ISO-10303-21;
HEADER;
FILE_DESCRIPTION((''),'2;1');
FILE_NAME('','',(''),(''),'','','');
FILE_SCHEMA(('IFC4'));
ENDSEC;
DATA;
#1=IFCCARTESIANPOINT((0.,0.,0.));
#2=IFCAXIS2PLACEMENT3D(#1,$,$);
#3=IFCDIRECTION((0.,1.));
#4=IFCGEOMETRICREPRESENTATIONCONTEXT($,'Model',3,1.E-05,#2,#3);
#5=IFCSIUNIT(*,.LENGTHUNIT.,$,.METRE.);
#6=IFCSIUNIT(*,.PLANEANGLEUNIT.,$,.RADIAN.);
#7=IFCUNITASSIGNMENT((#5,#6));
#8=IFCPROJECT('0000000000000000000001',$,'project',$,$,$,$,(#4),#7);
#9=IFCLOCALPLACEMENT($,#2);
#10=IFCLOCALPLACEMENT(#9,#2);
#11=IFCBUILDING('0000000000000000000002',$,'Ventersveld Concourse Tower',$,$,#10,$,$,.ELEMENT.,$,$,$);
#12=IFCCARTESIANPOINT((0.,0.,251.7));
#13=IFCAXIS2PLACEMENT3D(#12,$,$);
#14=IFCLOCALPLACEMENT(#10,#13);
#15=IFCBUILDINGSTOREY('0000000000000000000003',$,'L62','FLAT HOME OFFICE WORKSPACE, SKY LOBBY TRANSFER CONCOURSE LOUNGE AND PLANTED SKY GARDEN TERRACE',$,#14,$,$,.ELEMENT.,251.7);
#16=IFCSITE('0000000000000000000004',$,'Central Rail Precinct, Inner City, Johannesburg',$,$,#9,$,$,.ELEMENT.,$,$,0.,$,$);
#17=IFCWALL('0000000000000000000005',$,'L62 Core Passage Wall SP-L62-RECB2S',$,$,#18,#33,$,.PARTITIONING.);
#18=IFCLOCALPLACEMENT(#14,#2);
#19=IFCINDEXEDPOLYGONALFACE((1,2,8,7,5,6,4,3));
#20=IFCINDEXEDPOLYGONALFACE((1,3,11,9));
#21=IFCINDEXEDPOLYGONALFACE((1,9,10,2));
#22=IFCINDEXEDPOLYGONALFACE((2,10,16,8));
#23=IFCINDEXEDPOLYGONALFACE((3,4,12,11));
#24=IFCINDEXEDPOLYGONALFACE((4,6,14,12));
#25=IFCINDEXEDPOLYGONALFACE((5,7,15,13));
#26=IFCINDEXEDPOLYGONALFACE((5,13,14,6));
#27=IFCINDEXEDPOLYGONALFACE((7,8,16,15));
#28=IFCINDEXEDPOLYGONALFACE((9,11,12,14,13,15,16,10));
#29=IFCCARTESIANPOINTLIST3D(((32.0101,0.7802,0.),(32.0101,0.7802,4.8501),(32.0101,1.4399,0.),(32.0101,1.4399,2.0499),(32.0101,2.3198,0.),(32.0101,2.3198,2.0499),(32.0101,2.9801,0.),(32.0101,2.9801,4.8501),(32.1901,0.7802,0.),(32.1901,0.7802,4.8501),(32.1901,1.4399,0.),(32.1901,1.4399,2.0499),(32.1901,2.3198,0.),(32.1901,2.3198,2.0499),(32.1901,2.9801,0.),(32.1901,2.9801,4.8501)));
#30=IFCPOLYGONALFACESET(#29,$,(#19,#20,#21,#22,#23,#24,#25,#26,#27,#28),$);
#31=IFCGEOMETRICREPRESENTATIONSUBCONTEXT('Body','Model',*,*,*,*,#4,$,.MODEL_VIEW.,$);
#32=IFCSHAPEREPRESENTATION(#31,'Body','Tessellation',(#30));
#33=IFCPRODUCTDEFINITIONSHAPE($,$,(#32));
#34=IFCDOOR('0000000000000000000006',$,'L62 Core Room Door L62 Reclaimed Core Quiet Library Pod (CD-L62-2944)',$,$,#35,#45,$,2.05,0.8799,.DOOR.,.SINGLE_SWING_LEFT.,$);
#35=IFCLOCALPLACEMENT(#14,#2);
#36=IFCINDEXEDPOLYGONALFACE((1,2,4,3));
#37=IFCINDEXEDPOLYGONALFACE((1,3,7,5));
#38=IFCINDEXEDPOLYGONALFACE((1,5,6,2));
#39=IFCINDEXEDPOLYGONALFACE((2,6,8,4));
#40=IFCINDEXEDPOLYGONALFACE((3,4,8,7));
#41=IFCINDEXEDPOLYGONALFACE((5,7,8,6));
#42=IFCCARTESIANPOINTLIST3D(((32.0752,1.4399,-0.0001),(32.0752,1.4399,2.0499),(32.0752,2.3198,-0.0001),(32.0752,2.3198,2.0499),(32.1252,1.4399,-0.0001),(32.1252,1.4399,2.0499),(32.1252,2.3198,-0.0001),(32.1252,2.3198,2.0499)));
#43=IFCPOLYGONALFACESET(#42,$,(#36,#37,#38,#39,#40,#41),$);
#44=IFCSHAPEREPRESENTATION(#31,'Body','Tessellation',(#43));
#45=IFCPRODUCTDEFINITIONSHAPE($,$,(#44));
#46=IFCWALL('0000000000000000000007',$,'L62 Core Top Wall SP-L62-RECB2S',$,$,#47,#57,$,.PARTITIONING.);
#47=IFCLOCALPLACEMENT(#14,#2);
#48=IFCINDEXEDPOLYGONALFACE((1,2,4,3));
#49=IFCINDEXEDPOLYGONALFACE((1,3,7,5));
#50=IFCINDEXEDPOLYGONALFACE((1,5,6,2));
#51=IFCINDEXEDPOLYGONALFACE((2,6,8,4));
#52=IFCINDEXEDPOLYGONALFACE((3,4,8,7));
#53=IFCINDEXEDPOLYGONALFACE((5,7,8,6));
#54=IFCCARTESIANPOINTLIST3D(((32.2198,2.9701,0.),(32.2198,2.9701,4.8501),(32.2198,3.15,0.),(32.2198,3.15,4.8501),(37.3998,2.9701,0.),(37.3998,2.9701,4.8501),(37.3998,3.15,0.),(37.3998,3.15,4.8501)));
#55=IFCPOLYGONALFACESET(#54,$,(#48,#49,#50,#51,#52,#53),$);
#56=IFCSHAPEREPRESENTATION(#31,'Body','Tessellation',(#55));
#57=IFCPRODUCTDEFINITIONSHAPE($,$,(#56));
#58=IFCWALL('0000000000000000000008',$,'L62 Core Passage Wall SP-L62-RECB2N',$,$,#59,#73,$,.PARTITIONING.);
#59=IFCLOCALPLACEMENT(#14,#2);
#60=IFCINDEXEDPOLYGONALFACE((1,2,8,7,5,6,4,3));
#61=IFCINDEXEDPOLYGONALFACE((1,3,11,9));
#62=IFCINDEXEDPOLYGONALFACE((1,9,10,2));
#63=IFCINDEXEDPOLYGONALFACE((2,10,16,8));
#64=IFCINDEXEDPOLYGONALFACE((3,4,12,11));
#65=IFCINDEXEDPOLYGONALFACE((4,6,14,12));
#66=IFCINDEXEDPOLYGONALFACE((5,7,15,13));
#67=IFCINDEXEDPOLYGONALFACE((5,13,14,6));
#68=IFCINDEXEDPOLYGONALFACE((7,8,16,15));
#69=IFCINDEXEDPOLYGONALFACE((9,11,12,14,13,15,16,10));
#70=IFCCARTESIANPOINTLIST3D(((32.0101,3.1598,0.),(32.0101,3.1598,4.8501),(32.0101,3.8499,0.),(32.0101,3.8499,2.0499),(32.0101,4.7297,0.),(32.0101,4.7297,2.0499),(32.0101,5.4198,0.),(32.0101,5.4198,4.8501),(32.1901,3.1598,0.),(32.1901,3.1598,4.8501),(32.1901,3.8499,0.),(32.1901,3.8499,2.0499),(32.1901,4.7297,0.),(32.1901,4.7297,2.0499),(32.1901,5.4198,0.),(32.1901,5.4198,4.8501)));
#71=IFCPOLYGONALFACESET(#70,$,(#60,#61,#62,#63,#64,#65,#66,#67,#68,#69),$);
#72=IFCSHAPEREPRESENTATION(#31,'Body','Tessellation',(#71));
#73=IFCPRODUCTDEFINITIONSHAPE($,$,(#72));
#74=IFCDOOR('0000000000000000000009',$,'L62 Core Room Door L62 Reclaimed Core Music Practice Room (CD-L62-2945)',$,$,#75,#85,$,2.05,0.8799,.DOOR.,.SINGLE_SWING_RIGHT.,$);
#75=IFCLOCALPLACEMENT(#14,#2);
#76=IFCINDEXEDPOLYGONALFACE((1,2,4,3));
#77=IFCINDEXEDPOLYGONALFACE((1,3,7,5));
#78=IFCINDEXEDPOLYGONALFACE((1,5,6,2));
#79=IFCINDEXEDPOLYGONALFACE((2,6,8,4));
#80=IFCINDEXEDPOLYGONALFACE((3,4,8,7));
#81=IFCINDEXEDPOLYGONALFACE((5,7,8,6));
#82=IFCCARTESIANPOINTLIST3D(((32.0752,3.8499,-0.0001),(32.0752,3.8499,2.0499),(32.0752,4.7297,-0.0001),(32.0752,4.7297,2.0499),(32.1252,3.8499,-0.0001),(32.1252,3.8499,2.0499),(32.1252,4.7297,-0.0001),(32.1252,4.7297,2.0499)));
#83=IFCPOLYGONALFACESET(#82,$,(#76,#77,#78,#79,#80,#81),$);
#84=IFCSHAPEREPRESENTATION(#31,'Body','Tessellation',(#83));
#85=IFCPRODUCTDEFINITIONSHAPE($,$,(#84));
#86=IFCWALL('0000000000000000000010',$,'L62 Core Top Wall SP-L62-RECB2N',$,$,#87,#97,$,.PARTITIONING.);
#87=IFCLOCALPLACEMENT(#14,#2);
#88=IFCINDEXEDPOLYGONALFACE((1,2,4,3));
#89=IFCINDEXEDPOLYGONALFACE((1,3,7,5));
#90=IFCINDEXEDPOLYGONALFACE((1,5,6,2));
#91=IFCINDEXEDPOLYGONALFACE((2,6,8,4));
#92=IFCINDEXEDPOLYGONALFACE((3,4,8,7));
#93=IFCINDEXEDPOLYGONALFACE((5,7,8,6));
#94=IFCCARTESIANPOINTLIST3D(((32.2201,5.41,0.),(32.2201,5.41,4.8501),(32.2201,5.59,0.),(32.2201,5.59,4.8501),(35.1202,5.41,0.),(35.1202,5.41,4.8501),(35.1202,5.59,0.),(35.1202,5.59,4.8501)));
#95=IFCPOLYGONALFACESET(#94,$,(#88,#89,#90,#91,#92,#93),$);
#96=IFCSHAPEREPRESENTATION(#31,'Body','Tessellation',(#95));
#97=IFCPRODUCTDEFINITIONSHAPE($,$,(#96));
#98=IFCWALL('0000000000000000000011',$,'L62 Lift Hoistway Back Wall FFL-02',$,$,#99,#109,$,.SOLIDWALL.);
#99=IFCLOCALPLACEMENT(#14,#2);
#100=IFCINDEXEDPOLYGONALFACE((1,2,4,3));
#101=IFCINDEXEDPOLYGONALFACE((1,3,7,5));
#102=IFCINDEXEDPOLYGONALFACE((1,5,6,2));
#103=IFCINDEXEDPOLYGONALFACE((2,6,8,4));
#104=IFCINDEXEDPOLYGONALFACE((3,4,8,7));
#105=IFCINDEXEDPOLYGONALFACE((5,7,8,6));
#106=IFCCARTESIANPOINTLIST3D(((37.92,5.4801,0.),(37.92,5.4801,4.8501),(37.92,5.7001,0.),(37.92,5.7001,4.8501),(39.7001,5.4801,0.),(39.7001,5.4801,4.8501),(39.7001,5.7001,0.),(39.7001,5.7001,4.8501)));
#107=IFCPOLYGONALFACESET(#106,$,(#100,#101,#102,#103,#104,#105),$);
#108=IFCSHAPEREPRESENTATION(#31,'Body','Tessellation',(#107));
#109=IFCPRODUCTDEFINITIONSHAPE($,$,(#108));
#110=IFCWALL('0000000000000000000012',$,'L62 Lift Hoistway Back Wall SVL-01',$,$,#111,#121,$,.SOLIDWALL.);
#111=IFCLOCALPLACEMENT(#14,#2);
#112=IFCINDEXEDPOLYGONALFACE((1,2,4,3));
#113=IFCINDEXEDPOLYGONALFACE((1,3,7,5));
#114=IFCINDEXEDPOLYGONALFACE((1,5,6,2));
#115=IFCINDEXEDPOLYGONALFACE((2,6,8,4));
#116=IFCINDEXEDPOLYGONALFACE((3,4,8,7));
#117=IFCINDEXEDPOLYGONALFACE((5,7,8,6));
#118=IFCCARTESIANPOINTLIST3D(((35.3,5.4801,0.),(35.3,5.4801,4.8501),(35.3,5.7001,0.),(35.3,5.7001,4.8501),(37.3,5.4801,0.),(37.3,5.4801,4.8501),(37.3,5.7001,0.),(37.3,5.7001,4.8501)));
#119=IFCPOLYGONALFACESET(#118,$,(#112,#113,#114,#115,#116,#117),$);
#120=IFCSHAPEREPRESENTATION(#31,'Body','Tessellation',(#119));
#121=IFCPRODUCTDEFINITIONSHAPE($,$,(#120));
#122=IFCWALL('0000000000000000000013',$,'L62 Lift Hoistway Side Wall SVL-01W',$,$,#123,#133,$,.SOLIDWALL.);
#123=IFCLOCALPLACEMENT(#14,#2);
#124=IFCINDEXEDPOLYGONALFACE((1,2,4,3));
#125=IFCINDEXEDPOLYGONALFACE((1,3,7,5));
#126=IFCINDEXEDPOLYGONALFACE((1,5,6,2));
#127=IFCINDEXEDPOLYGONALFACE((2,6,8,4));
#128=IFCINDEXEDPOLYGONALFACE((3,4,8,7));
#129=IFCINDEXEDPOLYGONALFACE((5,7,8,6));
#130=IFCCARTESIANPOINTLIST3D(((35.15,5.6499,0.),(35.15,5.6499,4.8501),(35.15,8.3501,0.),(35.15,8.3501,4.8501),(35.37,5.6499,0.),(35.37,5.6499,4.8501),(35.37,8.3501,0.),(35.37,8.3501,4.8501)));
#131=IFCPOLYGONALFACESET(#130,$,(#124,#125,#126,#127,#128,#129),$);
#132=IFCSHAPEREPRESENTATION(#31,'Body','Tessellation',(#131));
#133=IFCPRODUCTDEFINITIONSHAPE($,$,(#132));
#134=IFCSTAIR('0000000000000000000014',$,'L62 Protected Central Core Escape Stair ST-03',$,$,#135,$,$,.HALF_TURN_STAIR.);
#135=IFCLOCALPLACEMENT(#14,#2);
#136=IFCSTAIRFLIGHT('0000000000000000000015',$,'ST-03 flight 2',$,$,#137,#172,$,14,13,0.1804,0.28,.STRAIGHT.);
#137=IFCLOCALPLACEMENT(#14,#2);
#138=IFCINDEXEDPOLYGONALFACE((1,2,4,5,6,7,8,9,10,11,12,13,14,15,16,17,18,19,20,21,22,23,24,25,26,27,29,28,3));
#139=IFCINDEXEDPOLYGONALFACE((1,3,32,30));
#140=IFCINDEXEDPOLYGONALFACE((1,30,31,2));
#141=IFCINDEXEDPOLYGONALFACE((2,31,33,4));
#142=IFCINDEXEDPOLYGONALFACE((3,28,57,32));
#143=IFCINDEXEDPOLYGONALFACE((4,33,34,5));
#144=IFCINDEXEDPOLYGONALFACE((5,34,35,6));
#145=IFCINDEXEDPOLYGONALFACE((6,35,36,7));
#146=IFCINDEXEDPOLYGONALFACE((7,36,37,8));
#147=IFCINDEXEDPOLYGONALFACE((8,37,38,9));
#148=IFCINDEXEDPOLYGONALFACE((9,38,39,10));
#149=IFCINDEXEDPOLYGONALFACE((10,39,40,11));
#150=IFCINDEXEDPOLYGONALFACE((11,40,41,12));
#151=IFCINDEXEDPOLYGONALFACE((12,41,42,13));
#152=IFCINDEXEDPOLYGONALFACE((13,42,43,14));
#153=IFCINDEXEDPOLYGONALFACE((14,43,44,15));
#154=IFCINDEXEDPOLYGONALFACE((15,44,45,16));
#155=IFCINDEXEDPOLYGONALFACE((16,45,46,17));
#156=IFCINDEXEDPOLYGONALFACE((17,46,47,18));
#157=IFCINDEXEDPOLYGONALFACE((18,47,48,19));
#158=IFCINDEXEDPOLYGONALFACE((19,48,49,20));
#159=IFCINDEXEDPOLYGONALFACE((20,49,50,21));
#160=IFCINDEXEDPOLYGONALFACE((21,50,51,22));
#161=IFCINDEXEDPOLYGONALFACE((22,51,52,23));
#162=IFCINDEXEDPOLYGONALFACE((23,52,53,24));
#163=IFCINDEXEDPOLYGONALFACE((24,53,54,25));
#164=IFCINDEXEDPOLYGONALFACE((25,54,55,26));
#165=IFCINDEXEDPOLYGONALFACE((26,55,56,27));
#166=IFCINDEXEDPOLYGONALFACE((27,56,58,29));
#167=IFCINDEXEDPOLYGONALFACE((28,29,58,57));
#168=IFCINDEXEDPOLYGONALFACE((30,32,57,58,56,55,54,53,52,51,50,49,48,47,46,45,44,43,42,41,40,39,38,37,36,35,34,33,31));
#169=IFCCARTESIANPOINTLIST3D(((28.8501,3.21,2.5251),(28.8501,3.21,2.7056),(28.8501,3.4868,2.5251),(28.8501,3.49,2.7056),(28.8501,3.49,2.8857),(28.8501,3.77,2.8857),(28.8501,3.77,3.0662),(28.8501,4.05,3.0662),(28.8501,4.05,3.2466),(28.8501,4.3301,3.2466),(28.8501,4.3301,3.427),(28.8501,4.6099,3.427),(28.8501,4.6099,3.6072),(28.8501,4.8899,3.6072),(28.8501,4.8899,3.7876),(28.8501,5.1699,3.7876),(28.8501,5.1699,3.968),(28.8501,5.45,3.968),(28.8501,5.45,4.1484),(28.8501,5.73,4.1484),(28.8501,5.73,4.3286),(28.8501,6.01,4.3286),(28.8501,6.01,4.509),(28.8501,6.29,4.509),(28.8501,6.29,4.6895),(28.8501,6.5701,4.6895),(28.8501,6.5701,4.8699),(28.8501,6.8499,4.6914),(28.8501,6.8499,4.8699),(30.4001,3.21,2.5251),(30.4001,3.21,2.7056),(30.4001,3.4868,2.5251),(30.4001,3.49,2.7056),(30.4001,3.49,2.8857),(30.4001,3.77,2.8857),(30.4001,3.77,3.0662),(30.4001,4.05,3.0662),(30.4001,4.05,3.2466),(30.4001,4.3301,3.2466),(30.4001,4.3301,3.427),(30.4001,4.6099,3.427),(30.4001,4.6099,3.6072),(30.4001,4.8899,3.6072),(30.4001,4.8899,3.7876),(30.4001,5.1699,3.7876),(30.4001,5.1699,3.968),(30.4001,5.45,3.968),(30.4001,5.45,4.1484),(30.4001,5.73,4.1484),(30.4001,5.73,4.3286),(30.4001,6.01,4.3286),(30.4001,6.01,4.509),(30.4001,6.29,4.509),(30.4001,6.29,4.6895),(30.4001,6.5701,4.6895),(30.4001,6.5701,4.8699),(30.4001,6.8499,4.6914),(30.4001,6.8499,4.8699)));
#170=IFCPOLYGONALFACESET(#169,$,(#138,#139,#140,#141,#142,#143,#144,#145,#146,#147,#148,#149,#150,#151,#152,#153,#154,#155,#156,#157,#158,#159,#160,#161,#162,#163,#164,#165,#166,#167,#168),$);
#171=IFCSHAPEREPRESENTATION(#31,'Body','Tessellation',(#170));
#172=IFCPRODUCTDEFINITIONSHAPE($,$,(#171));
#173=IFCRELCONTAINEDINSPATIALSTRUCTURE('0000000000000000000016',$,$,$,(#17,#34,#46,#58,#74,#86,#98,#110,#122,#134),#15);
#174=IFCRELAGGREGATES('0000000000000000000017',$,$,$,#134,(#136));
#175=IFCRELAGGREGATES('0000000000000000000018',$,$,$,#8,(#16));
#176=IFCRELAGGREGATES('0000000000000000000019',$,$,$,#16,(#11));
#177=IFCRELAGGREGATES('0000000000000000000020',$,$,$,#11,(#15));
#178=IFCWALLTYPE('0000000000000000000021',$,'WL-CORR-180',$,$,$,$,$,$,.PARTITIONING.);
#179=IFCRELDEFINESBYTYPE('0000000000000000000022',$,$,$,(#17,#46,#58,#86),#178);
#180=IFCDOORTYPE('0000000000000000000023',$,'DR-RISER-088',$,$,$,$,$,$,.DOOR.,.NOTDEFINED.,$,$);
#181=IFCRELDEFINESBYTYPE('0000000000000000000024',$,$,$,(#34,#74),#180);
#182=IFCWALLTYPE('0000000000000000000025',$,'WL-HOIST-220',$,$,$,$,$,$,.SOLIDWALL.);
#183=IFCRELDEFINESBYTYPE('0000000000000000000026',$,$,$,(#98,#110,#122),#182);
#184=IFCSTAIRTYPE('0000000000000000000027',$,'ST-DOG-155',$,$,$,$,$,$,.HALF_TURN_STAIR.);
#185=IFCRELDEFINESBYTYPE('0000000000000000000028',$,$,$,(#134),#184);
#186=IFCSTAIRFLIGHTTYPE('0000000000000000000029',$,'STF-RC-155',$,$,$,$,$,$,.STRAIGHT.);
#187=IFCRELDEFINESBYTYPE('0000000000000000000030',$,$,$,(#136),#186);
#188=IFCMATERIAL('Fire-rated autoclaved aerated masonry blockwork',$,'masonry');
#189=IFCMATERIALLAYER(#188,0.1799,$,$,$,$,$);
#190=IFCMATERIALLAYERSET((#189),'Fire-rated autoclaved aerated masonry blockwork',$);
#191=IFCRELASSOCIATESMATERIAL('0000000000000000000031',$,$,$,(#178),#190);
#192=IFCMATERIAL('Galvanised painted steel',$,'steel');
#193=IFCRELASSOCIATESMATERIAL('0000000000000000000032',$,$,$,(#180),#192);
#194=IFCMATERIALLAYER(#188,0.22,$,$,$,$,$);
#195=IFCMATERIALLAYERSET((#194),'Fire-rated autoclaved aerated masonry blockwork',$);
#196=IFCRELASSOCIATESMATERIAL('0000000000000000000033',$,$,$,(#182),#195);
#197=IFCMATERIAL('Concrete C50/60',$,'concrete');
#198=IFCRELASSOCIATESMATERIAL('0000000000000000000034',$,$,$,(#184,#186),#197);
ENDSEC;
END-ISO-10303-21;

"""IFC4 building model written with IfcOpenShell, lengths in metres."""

from ifc_helpers import new_model, si_unit, direction, frame, frame_2d, origin, place, context, subcontext, project, spatial, polyline, rectangle, outline, extrude, material, layer, layer_set, type_object, element, fill, aggregate, save


model = new_model("IFC4")

# Units and contexts
model_context = context("Model", 3, precision=1e-05, world=origin(), true_north=direction((0.0, 1.0)))
body_context = subcontext(model_context, "Body", "Model", "MODEL_VIEW")
ifc_project = project(units=[si_unit("LENGTHUNIT", "METRE"), si_unit("PLANEANGLEUNIT", "RADIAN")], contexts=[model_context])

# Site, building, storey
site_placement = place(None, origin())
site = spatial("IfcSite", under=ifc_project, at=site_placement, Name="Central Rail Precinct, Inner City, Johannesburg", CompositionType="ELEMENT", RefElevation=0.0)
building_placement = place(site_placement, origin())
building = spatial("IfcBuilding", under=site, at=building_placement, Name="Ventersveld Concourse Tower", CompositionType="ELEMENT")
storey_placement = place(building_placement, frame((0.0, 0.0, 251.7)))
storey = spatial("IfcBuildingStorey", under=building, at=storey_placement, Name="L62", Description="FLAT HOME OFFICE WORKSPACE, SKY LOBBY TRANSFER CONCOURSE LOUNGE AND PLANTED SKY GARDEN TERRACE", CompositionType="ELEMENT", Elevation=251.7)

# Shared definitions
ifc_material_1 = material(Name="Concrete C50/60", Category="concrete")

# Wall, opening, door
ifc_material_2 = material(Name="Fire-rated autoclaved aerated masonry blockwork", Category="masonry")
ifc_layer_1 = layer(ifc_material_2, 0.1799)
ifc_layer_set_1 = layer_set([ifc_layer_1], Name="Fire-rated autoclaved aerated masonry blockwork")
wall_type_1 = type_object("IfcWallType", Name="WL-CORR-180", PredefinedType="PARTITIONING", material=ifc_layer_set_1)
wall_1_placement = place(storey_placement, frame((32.1001, 0.78, 0.0), z_axis=(0.0, 0.0, 1.0), x_axis=(0.0, 1.0, 0.0)))
wall_1 = element("IfcWall", 1, at=wall_1_placement, inside=storey, type_object=wall_type_1, Name="L62 Core Passage Wall SP-L62-RECB2S", PredefinedType="PARTITIONING", context=body_context, shape_type="SweptSolid", body=[
    extrude(rectangle(XDim=2.2, YDim=0.1799, at=frame_2d((1.1001, 0.0))), origin(), (0.0, 0.0, 1.0), 4.8501),
])
opening_1_placement = place(wall_1_placement, frame((0.6599, 0.0, 0.0)))
opening_1 = element("IfcOpeningElement", 2, at=opening_1_placement, cuts=wall_1, PredefinedType="OPENING", context=body_context, shape_type="SweptSolid", body=[
    extrude(rectangle(XDim=0.8799, YDim=2.05, at=frame_2d((0.4399, 1.0249))), frame((0.0, 0.1001, 0.0), z_axis=(0.0, -1.0, 0.0), x_axis=(1.0, 0.0, 0.0)), (0.0, 0.0, 1.0), 0.2),
])
ifc_material_3 = material(Name="Galvanised painted steel", Category="steel")
door_type = type_object("IfcDoorType", Name="DR-RISER-088", OperationType="NOTDEFINED", PredefinedType="DOOR", material=ifc_material_3)
door_1_placement = place(opening_1_placement, origin())
door_1 = element("IfcDoor", 3, at=door_1_placement, inside=storey, type_object=door_type, Name="L62 Core Room Door L62 Reclaimed Core Quiet Library Pod (CD-L62-2944)", OperationType="SINGLE_SWING_LEFT", OverallHeight=2.05, OverallWidth=0.8799, PredefinedType="DOOR", context=body_context, shape_type="SweptSolid", body=[
    extrude(rectangle(XDim=0.8799, YDim=2.05, at=frame_2d((0.4399, 1.0249))), frame((0.0, 0.0249, 0.0), z_axis=(0.0, -1.0, 0.0), x_axis=(1.0, 0.0, 0.0)), (0.0, 0.0, 1.0), 0.05),
])
fill(opening_1, door_1)

# Wall
wall_2_placement = place(storey_placement, frame((32.22, 3.0601, 0.0), z_axis=(0.0, 0.0, 1.0), x_axis=(1.0, 0.0, 0.0)))
element("IfcWall", 4, at=wall_2_placement, inside=storey, type_object=wall_type_1, Name="L62 Core Top Wall SP-L62-RECB2S", PredefinedType="PARTITIONING", context=body_context, shape_type="SweptSolid", body=[
    extrude(rectangle(XDim=5.1799, YDim=0.1799, at=frame_2d((2.5898, 0.0))), origin(), (0.0, 0.0, 1.0), 4.8501),
])

# Wall, opening, door
wall_3_placement = place(storey_placement, frame((32.1001, 3.1599, 0.0), z_axis=(0.0, 0.0, 1.0), x_axis=(0.0, 1.0, 0.0)))
wall_3 = element("IfcWall", 5, at=wall_3_placement, inside=storey, type_object=wall_type_1, Name="L62 Core Passage Wall SP-L62-RECB2N", PredefinedType="PARTITIONING", context=body_context, shape_type="SweptSolid", body=[
    extrude(rectangle(XDim=2.26, YDim=0.1799, at=frame_2d((1.1299, 0.0))), origin(), (0.0, 0.0, 1.0), 4.8501),
])
opening_2_placement = place(wall_3_placement, frame((0.6899, 0.0, 0.0)))
opening_2 = element("IfcOpeningElement", 6, at=opening_2_placement, cuts=wall_3, PredefinedType="OPENING", context=body_context, shape_type="SweptSolid", body=[
    extrude(rectangle(XDim=0.8799, YDim=2.05, at=frame_2d((0.4399, 1.0249))), frame((0.0, 0.1001, 0.0), z_axis=(0.0, -1.0, 0.0), x_axis=(1.0, 0.0, 0.0)), (0.0, 0.0, 1.0), 0.2),
])
door_2_placement = place(opening_2_placement, origin())
door_2 = element("IfcDoor", 7, at=door_2_placement, inside=storey, type_object=door_type, Name="L62 Core Room Door L62 Reclaimed Core Music Practice Room (CD-L62-2945)", OperationType="SINGLE_SWING_RIGHT", OverallHeight=2.05, OverallWidth=0.8799, PredefinedType="DOOR", context=body_context, shape_type="SweptSolid", body=[
    extrude(rectangle(XDim=0.8799, YDim=2.05, at=frame_2d((0.4399, 1.0249))), frame((0.0, 0.0249, 0.0), z_axis=(0.0, -1.0, 0.0), x_axis=(1.0, 0.0, 0.0)), (0.0, 0.0, 1.0), 0.05),
])
fill(opening_2, door_2)

# Walls
wall_4_placement = place(storey_placement, frame((32.22, 5.5, 0.0), z_axis=(0.0, 0.0, 1.0), x_axis=(1.0, 0.0, 0.0)))
element("IfcWall", 8, at=wall_4_placement, inside=storey, type_object=wall_type_1, Name="L62 Core Top Wall SP-L62-RECB2N", PredefinedType="PARTITIONING", context=body_context, shape_type="SweptSolid", body=[
    extrude(rectangle(XDim=2.9001, YDim=0.1799, at=frame_2d((1.4502, 0.0))), origin(), (0.0, 0.0, 1.0), 4.8501),
])
ifc_layer_2 = layer(ifc_material_2, 0.22)
ifc_layer_set_2 = layer_set([ifc_layer_2], Name="Fire-rated autoclaved aerated masonry blockwork")
wall_type_2 = type_object("IfcWallType", Name="WL-HOIST-220", PredefinedType="SOLIDWALL", material=ifc_layer_set_2)
wall_5_placement = place(storey_placement, frame((37.9199, 5.5901, 0.0), z_axis=(0.0, 0.0, 1.0), x_axis=(1.0, 0.0, 0.0)))
element("IfcWall", 9, at=wall_5_placement, inside=storey, type_object=wall_type_2, Name="L62 Lift Hoistway Back Wall FFL-02", PredefinedType="SOLIDWALL", context=body_context, shape_type="SweptSolid", body=[
    extrude(rectangle(XDim=1.78, YDim=0.22, at=frame_2d((0.8901, 0.0))), origin(), (0.0, 0.0, 1.0), 4.8501),
])
wall_6_placement = place(storey_placement, frame((35.3, 5.5901, 0.0), z_axis=(0.0, 0.0, 1.0), x_axis=(1.0, 0.0, 0.0)))
element("IfcWall", 10, at=wall_6_placement, inside=storey, type_object=wall_type_2, Name="L62 Lift Hoistway Back Wall SVL-01", PredefinedType="SOLIDWALL", context=body_context, shape_type="SweptSolid", body=[
    extrude(rectangle(XDim=2.0, YDim=0.22, at=frame_2d((1.0, 0.0))), origin(), (0.0, 0.0, 1.0), 4.8501),
])
wall_7_placement = place(storey_placement, frame((35.26, 5.6499, 0.0), z_axis=(0.0, 0.0, 1.0), x_axis=(0.0, 1.0, 0.0)))
element("IfcWall", 11, at=wall_7_placement, inside=storey, type_object=wall_type_2, Name="L62 Lift Hoistway Side Wall SVL-01W", PredefinedType="SOLIDWALL", context=body_context, shape_type="SweptSolid", body=[
    extrude(rectangle(XDim=2.7002, YDim=0.22, at=frame_2d((1.3501, 0.0))), origin(), (0.0, 0.0, 1.0), 4.8501),
])

# Stair, stair flight
stair_type = type_object("IfcStairType", Name="ST-DOG-155", PredefinedType="HALF_TURN_STAIR", material=ifc_material_1)
stair_placement = place(storey_placement, origin())
stair = element("IfcStair", 12, at=stair_placement, inside=storey, type_object=stair_type, Name="L62 Protected Central Core Escape Stair ST-03", PredefinedType="HALF_TURN_STAIR")
stair_flight_type = type_object("IfcStairFlightType", Name="STF-RC-155", PredefinedType="STRAIGHT", material=ifc_material_1)
stair_flight_placement = place(storey_placement, frame((29.625, 3.21, 2.5251), z_axis=(0.0, 0.0, 1.0), x_axis=(0.0, 1.0, 0.0)))
stair_flight = element("IfcStairFlight", 13, at=stair_flight_placement, type_object=stair_flight_type, Name="ST-03 flight 2", NumberOfRisers=14, NumberOfTreads=13, PredefinedType="STRAIGHT", RiserHeight=0.1804, TreadLength=0.28, context=body_context, shape_type="SweptSolid", body=[
    extrude(outline(polyline([(0.0, 0.0), (0.0, 0.1804), (0.28, 0.1804), (0.28, 0.3606), (0.5601, 0.3606), (0.5601, 0.541), (0.8401, 0.541), (0.8401, 0.7214), (1.1201, 0.7214), (1.1201, 0.9019), (1.3999, 0.9019), (1.3999, 1.082), (1.6799, 1.082), (1.6799, 1.2625), (1.96, 1.2625), (1.96, 1.4429), (2.24, 1.4429), (2.24, 1.6233), (2.52, 1.6233), (2.52, 1.8035), (2.8, 1.8035), (2.8, 1.9839), (3.0801, 1.9839), (3.0801, 2.1643), (3.3601, 2.1643), (3.3601, 2.3447), (3.6399, 2.3447), (3.6399, 2.5249), (3.6399, 2.1663), (0.2769, 0.0), (0.0, 0.0)])), frame((0.0, 0.7749, 0.0), z_axis=(0.0, -1.0, 0.0), x_axis=(1.0, 0.0, 0.0)), (0.0, 0.0, 1.0), 1.55),
])
aggregate(stair, [stair_flight])

save(model, "model.ifc")
